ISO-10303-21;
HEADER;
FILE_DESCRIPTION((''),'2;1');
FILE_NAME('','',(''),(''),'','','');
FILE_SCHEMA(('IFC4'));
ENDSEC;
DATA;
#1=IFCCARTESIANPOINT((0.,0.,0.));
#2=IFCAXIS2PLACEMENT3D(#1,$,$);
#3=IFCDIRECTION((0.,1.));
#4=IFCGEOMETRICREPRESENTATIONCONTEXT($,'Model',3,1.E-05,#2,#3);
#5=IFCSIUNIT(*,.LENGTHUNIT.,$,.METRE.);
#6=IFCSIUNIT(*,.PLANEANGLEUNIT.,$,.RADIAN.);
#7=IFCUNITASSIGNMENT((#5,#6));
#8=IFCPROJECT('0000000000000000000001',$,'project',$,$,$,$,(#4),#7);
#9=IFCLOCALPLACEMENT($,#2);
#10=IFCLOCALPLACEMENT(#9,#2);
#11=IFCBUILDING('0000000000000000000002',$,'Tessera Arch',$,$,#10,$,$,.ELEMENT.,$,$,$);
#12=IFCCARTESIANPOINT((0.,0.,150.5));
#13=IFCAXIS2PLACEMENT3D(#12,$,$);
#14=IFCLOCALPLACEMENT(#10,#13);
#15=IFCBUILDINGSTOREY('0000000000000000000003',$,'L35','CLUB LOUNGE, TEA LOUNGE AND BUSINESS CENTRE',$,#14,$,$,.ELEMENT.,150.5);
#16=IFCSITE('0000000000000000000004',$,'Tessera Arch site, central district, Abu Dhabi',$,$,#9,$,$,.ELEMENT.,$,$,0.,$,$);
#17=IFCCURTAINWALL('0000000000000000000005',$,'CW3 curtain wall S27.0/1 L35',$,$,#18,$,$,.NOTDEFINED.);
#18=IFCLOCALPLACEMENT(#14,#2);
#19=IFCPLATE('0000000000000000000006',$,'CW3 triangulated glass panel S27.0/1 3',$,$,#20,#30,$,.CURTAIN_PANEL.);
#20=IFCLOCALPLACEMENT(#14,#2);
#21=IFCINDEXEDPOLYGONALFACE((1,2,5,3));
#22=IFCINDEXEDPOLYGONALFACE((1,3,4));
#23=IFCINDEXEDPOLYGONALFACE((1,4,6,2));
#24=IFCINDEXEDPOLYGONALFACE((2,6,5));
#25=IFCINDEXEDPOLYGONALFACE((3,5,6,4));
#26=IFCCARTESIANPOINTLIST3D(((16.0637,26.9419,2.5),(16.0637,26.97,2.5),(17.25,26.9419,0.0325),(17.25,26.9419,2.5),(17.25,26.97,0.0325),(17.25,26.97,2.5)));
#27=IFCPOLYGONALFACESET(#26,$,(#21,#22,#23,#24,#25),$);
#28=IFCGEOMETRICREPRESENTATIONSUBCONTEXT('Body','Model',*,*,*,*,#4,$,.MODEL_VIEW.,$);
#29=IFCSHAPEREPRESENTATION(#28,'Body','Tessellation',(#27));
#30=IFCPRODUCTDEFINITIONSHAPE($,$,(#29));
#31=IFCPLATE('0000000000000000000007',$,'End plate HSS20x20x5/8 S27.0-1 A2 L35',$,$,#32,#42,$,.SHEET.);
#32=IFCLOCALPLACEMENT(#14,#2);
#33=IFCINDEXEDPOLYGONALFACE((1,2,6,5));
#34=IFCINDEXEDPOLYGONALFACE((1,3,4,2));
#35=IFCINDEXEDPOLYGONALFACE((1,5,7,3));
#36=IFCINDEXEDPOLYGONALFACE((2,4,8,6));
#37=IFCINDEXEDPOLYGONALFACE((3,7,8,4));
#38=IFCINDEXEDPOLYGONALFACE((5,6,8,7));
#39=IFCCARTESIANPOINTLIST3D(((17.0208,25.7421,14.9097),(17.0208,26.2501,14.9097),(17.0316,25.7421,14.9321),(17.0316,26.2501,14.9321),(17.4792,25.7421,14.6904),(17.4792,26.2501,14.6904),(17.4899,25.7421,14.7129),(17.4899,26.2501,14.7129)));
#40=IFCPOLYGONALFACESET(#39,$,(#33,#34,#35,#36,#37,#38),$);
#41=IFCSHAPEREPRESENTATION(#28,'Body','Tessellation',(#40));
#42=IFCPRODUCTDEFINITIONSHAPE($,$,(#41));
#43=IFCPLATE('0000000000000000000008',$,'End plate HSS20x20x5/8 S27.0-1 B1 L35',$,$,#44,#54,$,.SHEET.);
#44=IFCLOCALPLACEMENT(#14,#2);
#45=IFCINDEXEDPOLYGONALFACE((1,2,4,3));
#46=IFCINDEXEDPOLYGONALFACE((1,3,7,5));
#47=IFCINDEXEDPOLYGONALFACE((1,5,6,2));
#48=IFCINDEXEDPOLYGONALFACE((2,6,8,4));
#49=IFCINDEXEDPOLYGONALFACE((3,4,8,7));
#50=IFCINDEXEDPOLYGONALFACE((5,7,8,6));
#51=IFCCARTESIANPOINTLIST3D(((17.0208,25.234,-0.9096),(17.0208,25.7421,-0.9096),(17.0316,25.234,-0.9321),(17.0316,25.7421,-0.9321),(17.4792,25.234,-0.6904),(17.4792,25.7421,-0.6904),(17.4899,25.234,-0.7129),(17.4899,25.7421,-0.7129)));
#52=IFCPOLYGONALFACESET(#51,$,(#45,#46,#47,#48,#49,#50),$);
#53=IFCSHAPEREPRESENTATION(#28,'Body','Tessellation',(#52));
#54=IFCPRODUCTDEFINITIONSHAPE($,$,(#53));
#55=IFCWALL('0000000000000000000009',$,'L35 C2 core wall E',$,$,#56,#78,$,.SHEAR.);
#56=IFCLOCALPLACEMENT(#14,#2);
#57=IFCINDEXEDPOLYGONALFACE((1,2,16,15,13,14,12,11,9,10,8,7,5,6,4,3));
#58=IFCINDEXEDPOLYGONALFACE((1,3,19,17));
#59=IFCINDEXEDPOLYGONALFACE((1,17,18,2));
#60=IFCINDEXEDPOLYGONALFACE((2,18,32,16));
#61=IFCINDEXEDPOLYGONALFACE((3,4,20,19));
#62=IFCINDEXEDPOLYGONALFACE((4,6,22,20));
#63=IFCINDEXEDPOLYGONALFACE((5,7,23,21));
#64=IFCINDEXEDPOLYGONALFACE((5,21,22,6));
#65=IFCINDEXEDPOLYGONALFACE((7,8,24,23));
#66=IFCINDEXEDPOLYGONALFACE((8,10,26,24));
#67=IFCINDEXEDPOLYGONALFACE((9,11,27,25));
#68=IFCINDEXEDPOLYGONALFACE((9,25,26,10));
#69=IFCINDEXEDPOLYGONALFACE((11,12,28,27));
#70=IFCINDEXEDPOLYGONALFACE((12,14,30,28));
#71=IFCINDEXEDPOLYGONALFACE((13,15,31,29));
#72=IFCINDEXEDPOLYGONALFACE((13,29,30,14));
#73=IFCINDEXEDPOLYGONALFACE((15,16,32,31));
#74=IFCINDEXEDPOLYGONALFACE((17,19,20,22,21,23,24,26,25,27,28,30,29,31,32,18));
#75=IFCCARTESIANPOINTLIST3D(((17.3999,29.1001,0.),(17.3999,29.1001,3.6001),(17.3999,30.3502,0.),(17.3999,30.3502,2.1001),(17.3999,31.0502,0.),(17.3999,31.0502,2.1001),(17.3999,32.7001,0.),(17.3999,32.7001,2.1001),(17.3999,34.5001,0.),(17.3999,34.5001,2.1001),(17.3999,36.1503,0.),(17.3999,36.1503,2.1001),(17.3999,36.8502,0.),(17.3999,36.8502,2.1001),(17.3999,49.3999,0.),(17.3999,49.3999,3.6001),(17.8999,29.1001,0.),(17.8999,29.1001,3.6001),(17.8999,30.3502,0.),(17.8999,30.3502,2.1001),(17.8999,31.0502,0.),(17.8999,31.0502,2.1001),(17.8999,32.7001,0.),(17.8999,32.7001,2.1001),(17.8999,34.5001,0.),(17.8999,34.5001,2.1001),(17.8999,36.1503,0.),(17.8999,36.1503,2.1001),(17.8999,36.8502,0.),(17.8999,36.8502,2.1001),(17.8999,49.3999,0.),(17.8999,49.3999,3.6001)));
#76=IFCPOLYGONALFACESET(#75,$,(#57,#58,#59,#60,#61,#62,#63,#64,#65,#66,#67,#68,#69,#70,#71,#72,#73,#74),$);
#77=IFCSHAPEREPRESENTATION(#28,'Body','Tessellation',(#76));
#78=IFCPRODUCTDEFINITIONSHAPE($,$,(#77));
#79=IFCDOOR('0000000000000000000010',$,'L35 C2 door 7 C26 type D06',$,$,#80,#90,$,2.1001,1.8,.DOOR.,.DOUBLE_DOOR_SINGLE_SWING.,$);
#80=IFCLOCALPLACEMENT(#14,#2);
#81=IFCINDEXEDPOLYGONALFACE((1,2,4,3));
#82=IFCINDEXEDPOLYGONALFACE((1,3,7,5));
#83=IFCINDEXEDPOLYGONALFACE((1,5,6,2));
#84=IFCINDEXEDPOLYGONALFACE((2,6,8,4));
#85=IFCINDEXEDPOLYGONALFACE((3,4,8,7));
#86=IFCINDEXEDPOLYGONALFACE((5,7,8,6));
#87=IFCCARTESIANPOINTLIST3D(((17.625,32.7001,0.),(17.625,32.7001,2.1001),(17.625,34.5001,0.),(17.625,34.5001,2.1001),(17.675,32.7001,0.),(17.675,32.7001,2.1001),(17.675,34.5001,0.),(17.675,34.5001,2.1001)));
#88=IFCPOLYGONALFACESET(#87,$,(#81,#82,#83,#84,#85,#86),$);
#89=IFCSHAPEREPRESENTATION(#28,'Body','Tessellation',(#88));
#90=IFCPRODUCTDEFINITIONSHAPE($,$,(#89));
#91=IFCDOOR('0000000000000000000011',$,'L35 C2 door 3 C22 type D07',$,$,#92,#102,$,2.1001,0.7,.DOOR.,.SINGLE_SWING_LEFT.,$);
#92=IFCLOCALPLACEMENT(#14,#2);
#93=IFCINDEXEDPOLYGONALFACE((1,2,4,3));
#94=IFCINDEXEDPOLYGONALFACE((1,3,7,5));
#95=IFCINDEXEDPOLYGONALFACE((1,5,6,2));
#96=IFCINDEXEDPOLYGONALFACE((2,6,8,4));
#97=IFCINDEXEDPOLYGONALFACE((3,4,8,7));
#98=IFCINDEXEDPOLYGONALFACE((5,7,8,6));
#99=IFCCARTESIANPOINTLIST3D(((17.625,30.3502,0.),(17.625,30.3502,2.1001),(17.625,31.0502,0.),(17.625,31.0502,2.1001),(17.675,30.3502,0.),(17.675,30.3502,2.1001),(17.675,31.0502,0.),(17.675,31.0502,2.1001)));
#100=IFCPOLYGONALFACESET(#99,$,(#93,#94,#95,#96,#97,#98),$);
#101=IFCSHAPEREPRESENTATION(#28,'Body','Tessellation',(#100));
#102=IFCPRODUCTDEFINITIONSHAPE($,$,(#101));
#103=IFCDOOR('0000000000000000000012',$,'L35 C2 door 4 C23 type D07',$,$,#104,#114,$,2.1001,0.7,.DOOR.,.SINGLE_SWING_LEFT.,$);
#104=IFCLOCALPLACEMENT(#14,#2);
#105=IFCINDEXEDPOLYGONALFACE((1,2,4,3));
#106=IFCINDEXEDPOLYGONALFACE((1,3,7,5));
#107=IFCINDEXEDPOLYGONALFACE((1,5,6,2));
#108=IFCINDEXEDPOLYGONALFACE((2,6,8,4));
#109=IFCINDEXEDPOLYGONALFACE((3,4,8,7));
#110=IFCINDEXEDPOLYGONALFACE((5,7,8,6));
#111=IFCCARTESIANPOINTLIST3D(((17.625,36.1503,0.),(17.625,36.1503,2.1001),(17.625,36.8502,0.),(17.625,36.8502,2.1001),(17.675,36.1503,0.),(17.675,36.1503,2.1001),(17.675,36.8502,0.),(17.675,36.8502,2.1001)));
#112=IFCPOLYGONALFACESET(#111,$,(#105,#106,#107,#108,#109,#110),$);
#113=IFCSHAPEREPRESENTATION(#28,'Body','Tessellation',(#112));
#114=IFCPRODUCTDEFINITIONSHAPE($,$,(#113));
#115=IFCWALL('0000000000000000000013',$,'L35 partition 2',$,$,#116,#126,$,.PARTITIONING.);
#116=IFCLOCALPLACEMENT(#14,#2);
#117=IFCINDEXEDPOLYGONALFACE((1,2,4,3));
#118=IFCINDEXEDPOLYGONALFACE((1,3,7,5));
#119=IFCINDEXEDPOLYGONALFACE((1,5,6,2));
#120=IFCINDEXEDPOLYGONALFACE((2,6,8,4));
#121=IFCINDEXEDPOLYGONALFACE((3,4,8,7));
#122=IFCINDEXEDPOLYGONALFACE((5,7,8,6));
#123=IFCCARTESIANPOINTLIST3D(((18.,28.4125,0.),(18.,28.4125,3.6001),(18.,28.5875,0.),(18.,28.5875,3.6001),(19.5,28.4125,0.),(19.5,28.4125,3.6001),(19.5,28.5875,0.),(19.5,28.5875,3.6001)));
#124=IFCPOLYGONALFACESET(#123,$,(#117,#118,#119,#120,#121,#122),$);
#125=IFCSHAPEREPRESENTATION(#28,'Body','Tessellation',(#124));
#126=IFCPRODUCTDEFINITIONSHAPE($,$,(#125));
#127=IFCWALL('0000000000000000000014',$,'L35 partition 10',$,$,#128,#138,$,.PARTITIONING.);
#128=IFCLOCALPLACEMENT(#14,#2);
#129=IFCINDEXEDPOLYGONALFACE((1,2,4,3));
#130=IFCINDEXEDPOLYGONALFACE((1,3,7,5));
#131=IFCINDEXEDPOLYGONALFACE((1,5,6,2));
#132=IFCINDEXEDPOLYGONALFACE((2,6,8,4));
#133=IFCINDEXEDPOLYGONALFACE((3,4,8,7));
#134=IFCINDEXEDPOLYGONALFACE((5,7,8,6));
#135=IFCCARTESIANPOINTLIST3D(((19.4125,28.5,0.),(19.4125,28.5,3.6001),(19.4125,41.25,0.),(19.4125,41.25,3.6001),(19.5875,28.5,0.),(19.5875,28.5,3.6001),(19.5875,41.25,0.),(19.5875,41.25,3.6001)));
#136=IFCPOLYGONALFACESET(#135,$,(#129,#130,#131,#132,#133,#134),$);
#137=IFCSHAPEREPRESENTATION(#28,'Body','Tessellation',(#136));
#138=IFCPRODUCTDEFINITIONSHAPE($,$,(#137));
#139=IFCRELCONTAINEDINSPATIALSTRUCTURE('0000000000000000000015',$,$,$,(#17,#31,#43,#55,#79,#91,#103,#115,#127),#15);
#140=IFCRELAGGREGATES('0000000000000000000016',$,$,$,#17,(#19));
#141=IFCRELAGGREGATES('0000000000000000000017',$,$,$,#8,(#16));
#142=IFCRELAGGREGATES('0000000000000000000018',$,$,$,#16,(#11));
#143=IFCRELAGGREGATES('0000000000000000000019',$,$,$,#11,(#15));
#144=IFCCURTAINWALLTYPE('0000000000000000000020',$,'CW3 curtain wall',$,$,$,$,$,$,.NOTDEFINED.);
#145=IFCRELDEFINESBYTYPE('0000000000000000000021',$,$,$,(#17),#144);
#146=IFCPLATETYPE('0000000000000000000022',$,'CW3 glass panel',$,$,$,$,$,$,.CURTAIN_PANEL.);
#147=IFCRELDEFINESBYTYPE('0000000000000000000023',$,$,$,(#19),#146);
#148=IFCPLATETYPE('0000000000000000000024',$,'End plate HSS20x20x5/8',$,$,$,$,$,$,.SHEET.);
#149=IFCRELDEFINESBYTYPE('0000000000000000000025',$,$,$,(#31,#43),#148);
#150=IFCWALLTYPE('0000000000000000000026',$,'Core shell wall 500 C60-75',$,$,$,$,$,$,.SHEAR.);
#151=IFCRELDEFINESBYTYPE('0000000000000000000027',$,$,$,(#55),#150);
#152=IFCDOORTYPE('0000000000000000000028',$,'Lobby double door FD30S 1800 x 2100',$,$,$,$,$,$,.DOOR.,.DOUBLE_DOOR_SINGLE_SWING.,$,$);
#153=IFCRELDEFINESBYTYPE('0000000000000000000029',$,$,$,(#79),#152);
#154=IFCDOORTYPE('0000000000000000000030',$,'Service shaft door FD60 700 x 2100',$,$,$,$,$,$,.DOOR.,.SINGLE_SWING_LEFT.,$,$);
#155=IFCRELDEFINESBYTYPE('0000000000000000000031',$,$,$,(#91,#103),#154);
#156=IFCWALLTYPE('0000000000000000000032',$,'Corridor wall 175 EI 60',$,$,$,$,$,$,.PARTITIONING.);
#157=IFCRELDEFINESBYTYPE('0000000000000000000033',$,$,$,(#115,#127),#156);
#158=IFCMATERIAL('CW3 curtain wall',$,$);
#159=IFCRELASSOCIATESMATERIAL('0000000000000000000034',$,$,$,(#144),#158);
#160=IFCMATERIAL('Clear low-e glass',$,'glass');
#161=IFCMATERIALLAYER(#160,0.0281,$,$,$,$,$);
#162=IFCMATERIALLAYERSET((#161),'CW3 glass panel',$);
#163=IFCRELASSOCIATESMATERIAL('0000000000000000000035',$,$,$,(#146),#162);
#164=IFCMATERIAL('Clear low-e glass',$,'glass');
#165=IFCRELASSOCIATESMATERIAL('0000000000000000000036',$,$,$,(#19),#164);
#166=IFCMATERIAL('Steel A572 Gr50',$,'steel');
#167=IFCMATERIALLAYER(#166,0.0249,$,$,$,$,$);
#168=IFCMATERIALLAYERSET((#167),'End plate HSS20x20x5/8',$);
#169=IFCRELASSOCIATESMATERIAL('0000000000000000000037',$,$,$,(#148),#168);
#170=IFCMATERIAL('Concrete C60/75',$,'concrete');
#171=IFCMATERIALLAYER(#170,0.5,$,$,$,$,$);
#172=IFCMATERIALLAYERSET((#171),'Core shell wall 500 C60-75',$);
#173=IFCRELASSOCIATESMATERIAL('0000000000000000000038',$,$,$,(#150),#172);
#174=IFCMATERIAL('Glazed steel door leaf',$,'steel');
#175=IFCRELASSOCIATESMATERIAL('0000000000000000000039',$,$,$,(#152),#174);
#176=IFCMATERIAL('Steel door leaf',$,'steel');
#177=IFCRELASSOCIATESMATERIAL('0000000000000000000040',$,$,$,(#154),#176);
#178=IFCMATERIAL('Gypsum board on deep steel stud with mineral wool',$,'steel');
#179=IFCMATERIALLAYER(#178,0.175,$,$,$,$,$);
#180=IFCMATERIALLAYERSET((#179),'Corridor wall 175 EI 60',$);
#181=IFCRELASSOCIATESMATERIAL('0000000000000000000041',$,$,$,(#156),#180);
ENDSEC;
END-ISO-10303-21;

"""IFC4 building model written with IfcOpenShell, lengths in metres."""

from ifc_helpers import new_model, si_unit, direction, frame, frame_2d, origin, origin_2d, place, context, subcontext, project, spatial, polyline, rectangle, outline, extrude, material, layer, layer_set, type_object, element, fill, aggregate, save


model = new_model("IFC4")

# Units and contexts
model_context = context("Model", 3, precision=1e-05, world=origin(), true_north=direction((0.0, 1.0)))
body_context = subcontext(model_context, "Body", "Model", "MODEL_VIEW")
ifc_project = project(units=[si_unit("LENGTHUNIT", "METRE"), si_unit("PLANEANGLEUNIT", "RADIAN")], contexts=[model_context])

# Site, building, storey
site_placement = place(None, origin())
site = spatial("IfcSite", under=ifc_project, at=site_placement, Name="Tessera Arch site, central district, Abu Dhabi", CompositionType="ELEMENT", RefElevation=0.0)
building_placement = place(site_placement, origin())
building = spatial("IfcBuilding", under=site, at=building_placement, Name="Tessera Arch", CompositionType="ELEMENT")
storey_placement = place(building_placement, frame((0.0, 0.0, 150.5)))
storey = spatial("IfcBuildingStorey", under=building, at=storey_placement, Name="L35", Description="CLUB LOUNGE, TEA LOUNGE AND BUSINESS CENTRE", CompositionType="ELEMENT", Elevation=150.5)

# Shared definitions
ifc_material_1 = material(Name="Clear low-e glass", Category="glass")

# Curtain wall, plate
ifc_material_2 = material(Name="CW3 curtain wall")
curtain_wall_type_1 = type_object("IfcCurtainWallType", Name="CW3 curtain wall", PredefinedType="NOTDEFINED", material=ifc_material_2)
curtain_wall_1_placement = place(storey_placement, origin())
curtain_wall_1 = element("IfcCurtainWall", 1, at=curtain_wall_1_placement, inside=storey, type_object=curtain_wall_type_1, Name="CW3 curtain wall S27.0/1 L35", PredefinedType="NOTDEFINED")
ifc_material_3 = material(Name="Clear low-e glass", Category="glass")
ifc_layer_1 = layer(ifc_material_3, 0.0281)
ifc_layer_set_1 = layer_set([ifc_layer_1], Name="CW3 glass panel")
plate_type_1 = type_object("IfcPlateType", Name="CW3 glass panel", PredefinedType="CURTAIN_PANEL", material=ifc_layer_set_1)
plate_1_placement = place(storey_placement, frame((17.25, 26.9419, 2.5), z_axis=(0.0, -1.0, 0.0), x_axis=(-1.0, 0.0, 0.0)))
plate_1 = element("IfcPlate", 2, at=plate_1_placement, type_object=plate_type_1, material=ifc_material_1, Name="CW3 triangulated glass panel S27.0/1 3", PredefinedType="CURTAIN_PANEL", context=body_context, shape_type="SweptSolid", body=[
    extrude(outline(polyline([(0.0, 0.0), (1.1863, 0.0), (0.0, 2.4675), (0.0, 0.0)])), origin(), (0.0, 0.0, -1.0), 0.0281),
])
aggregate(curtain_wall_1, [plate_1])

# Plates
ifc_material_4 = material(Name="Steel A572 Gr50", Category="steel")
ifc_layer_2 = layer(ifc_material_4, 0.0249)
ifc_layer_set_2 = layer_set([ifc_layer_2], Name="End plate HSS20x20x5/8")
plate_type_2 = type_object("IfcPlateType", Name="End plate HSS20x20x5/8", PredefinedType="SHEET", material=ifc_layer_set_2)
for number, where, z_axis, x_axis, name in (
    (3, (17.25, 25.9961, 14.8), (0.431455, 0.0, 0.902134), (0.0, 1.0, 0.0), "End plate HSS20x20x5/8 S27.0-1 A2 L35"),
    (4, (17.2607, 25.488, -0.8225), (-0.431455, 0.0, 0.902134), (0.0, -1.0, 0.0), "End plate HSS20x20x5/8 S27.0-1 B1 L35"),
):
    element("IfcPlate", number, at=place(storey_placement, frame(where, z_axis=z_axis, x_axis=x_axis)), inside=storey, type_object=plate_type_2, Name=name, PredefinedType="SHEET", context=body_context, shape_type="SweptSolid", body=[
        extrude(rectangle(XDim=0.5081, YDim=0.5081, at=origin_2d()), origin(), (0.0, 0.0, 1.0), 0.0249),
    ])

# Wall, openings, doors
ifc_material_5 = material(Name="Concrete C60/75", Category="concrete")
ifc_layer_3 = layer(ifc_material_5, 0.5)
ifc_layer_set_3 = layer_set([ifc_layer_3], Name="Core shell wall 500 C60-75")
wall_type_1 = type_object("IfcWallType", Name="Core shell wall 500 C60-75", PredefinedType="SHEAR", material=ifc_layer_set_3)
wall_1_placement = place(storey_placement, frame((17.6499, 29.1001, 0.0), z_axis=(0.0, 0.0, 1.0), x_axis=(0.0, 1.0, 0.0)))
wall_1 = element("IfcWall", 5, at=wall_1_placement, inside=storey, type_object=wall_type_1, Name="L35 C2 core wall E", PredefinedType="SHEAR", context=body_context, shape_type="SweptSolid", body=[
    extrude(rectangle(XDim=20.2998, YDim=0.5, at=frame_2d((10.1499, 0.0))), origin(), (0.0, 0.0, 1.0), 3.6001),
])
opening_1_placement = place(wall_1_placement, frame((1.25, 0.0, 0.0)))
opening_1 = element("IfcOpeningElement", 6, at=opening_1_placement, cuts=wall_1, PredefinedType="OPENING", context=body_context, shape_type="SweptSolid", body=[
    extrude(rectangle(XDim=0.7, YDim=2.1001, at=frame_2d((0.3501, 1.05))), frame((0.0, 0.26, 0.0), z_axis=(0.0, -1.0, 0.0), x_axis=(1.0, 0.0, 0.0)), (0.0, 0.0, 1.0), 0.52),
])
opening_2_placement = place(wall_1_placement, frame((7.05, 0.0, 0.0)))
opening_2 = element("IfcOpeningElement", 7, at=opening_2_placement, cuts=wall_1, PredefinedType="OPENING", context=body_context, shape_type="SweptSolid", body=[
    extrude(rectangle(XDim=0.7, YDim=2.1001, at=frame_2d((0.3501, 1.05))), frame((0.0, 0.26, 0.0), z_axis=(0.0, -1.0, 0.0), x_axis=(1.0, 0.0, 0.0)), (0.0, 0.0, 1.0), 0.52),
])
opening_3_placement = place(wall_1_placement, frame((3.6001, 0.0, 0.0)))
opening_3 = element("IfcOpeningElement", 8, at=opening_3_placement, cuts=wall_1, PredefinedType="OPENING", context=body_context, shape_type="SweptSolid", body=[
    extrude(rectangle(XDim=1.8, YDim=2.1001, at=frame_2d((0.8999, 1.05))), frame((0.0, 0.26, 0.0), z_axis=(0.0, -1.0, 0.0), x_axis=(1.0, 0.0, 0.0)), (0.0, 0.0, 1.0), 0.52),
])
ifc_material_6 = material(Name="Glazed steel door leaf", Category="steel")
door_type_1 = type_object("IfcDoorType", Name="Lobby double door FD30S 1800 x 2100", OperationType="DOUBLE_DOOR_SINGLE_SWING", PredefinedType="DOOR", material=ifc_material_6)
door_1_placement = place(opening_3_placement, origin())
door_1 = element("IfcDoor", 9, at=door_1_placement, inside=storey, type_object=door_type_1, Name="L35 C2 door 7 C26 type D06", OperationType="DOUBLE_DOOR_SINGLE_SWING", OverallHeight=2.1001, OverallWidth=1.8, PredefinedType="DOOR", context=body_context, shape_type="SweptSolid", body=[
    extrude(rectangle(XDim=1.8, YDim=2.1001, at=frame_2d((0.8999, 1.05))), frame((0.0, 0.0249, 0.0), z_axis=(0.0, -1.0, 0.0), x_axis=(1.0, 0.0, 0.0)), (0.0, 0.0, 1.0), 0.05),
])
fill(opening_3, door_1)
ifc_material_7 = material(Name="Steel door leaf", Category="steel")
door_type_2 = type_object("IfcDoorType", Name="Service shaft door FD60 700 x 2100", OperationType="SINGLE_SWING_LEFT", PredefinedType="DOOR", material=ifc_material_7)
door_2_placement = place(opening_1_placement, origin())
door_2 = element("IfcDoor", 10, at=door_2_placement, inside=storey, type_object=door_type_2, Name="L35 C2 door 3 C22 type D07", OperationType="SINGLE_SWING_LEFT", OverallHeight=2.1001, OverallWidth=0.7, PredefinedType="DOOR", context=body_context, shape_type="SweptSolid", body=[
    extrude(rectangle(XDim=0.7, YDim=2.1001, at=frame_2d((0.3501, 1.05))), frame((0.0, 0.0249, 0.0), z_axis=(0.0, -1.0, 0.0), x_axis=(1.0, 0.0, 0.0)), (0.0, 0.0, 1.0), 0.05),
])
fill(opening_1, door_2)
door_3_placement = place(opening_2_placement, origin())
door_3 = element("IfcDoor", 11, at=door_3_placement, inside=storey, type_object=door_type_2, Name="L35 C2 door 4 C23 type D07", OperationType="SINGLE_SWING_LEFT", OverallHeight=2.1001, OverallWidth=0.7, PredefinedType="DOOR", context=body_context, shape_type="SweptSolid", body=[
    extrude(rectangle(XDim=0.7, YDim=2.1001, at=frame_2d((0.3501, 1.05))), frame((0.0, 0.0249, 0.0), z_axis=(0.0, -1.0, 0.0), x_axis=(1.0, 0.0, 0.0)), (0.0, 0.0, 1.0), 0.05),
])
fill(opening_2, door_3)

# Walls
ifc_material_8 = material(Name="Gypsum board on deep steel stud with mineral wool", Category="steel")
ifc_layer_4 = layer(ifc_material_8, 0.175)
ifc_layer_set_4 = layer_set([ifc_layer_4], Name="Corridor wall 175 EI 60")
wall_type_2 = type_object("IfcWallType", Name="Corridor wall 175 EI 60", PredefinedType="PARTITIONING", material=ifc_layer_set_4)
wall_2_placement = place(storey_placement, frame((18.0, 28.5, 0.0), z_axis=(0.0, 0.0, 1.0), x_axis=(1.0, 0.0, 0.0)))
element("IfcWall", 12, at=wall_2_placement, inside=storey, type_object=wall_type_2, Name="L35 partition 2", PredefinedType="PARTITIONING", context=body_context, shape_type="SweptSolid", body=[
    extrude(rectangle(XDim=1.5, YDim=0.175, at=frame_2d((0.75, 0.0))), origin(), (0.0, 0.0, 1.0), 3.6001),
])
wall_3_placement = place(storey_placement, frame((19.5, 28.5, 0.0), z_axis=(0.0, 0.0, 1.0), x_axis=(0.0, 1.0, 0.0)))
element("IfcWall", 13, at=wall_3_placement, inside=storey, type_object=wall_type_2, Name="L35 partition 10", PredefinedType="PARTITIONING", context=body_context, shape_type="SweptSolid", body=[
    extrude(rectangle(XDim=12.75, YDim=0.175, at=frame_2d((6.375, 0.0))), origin(), (0.0, 0.0, 1.0), 3.6001),
])

save(model, "model.ifc")
